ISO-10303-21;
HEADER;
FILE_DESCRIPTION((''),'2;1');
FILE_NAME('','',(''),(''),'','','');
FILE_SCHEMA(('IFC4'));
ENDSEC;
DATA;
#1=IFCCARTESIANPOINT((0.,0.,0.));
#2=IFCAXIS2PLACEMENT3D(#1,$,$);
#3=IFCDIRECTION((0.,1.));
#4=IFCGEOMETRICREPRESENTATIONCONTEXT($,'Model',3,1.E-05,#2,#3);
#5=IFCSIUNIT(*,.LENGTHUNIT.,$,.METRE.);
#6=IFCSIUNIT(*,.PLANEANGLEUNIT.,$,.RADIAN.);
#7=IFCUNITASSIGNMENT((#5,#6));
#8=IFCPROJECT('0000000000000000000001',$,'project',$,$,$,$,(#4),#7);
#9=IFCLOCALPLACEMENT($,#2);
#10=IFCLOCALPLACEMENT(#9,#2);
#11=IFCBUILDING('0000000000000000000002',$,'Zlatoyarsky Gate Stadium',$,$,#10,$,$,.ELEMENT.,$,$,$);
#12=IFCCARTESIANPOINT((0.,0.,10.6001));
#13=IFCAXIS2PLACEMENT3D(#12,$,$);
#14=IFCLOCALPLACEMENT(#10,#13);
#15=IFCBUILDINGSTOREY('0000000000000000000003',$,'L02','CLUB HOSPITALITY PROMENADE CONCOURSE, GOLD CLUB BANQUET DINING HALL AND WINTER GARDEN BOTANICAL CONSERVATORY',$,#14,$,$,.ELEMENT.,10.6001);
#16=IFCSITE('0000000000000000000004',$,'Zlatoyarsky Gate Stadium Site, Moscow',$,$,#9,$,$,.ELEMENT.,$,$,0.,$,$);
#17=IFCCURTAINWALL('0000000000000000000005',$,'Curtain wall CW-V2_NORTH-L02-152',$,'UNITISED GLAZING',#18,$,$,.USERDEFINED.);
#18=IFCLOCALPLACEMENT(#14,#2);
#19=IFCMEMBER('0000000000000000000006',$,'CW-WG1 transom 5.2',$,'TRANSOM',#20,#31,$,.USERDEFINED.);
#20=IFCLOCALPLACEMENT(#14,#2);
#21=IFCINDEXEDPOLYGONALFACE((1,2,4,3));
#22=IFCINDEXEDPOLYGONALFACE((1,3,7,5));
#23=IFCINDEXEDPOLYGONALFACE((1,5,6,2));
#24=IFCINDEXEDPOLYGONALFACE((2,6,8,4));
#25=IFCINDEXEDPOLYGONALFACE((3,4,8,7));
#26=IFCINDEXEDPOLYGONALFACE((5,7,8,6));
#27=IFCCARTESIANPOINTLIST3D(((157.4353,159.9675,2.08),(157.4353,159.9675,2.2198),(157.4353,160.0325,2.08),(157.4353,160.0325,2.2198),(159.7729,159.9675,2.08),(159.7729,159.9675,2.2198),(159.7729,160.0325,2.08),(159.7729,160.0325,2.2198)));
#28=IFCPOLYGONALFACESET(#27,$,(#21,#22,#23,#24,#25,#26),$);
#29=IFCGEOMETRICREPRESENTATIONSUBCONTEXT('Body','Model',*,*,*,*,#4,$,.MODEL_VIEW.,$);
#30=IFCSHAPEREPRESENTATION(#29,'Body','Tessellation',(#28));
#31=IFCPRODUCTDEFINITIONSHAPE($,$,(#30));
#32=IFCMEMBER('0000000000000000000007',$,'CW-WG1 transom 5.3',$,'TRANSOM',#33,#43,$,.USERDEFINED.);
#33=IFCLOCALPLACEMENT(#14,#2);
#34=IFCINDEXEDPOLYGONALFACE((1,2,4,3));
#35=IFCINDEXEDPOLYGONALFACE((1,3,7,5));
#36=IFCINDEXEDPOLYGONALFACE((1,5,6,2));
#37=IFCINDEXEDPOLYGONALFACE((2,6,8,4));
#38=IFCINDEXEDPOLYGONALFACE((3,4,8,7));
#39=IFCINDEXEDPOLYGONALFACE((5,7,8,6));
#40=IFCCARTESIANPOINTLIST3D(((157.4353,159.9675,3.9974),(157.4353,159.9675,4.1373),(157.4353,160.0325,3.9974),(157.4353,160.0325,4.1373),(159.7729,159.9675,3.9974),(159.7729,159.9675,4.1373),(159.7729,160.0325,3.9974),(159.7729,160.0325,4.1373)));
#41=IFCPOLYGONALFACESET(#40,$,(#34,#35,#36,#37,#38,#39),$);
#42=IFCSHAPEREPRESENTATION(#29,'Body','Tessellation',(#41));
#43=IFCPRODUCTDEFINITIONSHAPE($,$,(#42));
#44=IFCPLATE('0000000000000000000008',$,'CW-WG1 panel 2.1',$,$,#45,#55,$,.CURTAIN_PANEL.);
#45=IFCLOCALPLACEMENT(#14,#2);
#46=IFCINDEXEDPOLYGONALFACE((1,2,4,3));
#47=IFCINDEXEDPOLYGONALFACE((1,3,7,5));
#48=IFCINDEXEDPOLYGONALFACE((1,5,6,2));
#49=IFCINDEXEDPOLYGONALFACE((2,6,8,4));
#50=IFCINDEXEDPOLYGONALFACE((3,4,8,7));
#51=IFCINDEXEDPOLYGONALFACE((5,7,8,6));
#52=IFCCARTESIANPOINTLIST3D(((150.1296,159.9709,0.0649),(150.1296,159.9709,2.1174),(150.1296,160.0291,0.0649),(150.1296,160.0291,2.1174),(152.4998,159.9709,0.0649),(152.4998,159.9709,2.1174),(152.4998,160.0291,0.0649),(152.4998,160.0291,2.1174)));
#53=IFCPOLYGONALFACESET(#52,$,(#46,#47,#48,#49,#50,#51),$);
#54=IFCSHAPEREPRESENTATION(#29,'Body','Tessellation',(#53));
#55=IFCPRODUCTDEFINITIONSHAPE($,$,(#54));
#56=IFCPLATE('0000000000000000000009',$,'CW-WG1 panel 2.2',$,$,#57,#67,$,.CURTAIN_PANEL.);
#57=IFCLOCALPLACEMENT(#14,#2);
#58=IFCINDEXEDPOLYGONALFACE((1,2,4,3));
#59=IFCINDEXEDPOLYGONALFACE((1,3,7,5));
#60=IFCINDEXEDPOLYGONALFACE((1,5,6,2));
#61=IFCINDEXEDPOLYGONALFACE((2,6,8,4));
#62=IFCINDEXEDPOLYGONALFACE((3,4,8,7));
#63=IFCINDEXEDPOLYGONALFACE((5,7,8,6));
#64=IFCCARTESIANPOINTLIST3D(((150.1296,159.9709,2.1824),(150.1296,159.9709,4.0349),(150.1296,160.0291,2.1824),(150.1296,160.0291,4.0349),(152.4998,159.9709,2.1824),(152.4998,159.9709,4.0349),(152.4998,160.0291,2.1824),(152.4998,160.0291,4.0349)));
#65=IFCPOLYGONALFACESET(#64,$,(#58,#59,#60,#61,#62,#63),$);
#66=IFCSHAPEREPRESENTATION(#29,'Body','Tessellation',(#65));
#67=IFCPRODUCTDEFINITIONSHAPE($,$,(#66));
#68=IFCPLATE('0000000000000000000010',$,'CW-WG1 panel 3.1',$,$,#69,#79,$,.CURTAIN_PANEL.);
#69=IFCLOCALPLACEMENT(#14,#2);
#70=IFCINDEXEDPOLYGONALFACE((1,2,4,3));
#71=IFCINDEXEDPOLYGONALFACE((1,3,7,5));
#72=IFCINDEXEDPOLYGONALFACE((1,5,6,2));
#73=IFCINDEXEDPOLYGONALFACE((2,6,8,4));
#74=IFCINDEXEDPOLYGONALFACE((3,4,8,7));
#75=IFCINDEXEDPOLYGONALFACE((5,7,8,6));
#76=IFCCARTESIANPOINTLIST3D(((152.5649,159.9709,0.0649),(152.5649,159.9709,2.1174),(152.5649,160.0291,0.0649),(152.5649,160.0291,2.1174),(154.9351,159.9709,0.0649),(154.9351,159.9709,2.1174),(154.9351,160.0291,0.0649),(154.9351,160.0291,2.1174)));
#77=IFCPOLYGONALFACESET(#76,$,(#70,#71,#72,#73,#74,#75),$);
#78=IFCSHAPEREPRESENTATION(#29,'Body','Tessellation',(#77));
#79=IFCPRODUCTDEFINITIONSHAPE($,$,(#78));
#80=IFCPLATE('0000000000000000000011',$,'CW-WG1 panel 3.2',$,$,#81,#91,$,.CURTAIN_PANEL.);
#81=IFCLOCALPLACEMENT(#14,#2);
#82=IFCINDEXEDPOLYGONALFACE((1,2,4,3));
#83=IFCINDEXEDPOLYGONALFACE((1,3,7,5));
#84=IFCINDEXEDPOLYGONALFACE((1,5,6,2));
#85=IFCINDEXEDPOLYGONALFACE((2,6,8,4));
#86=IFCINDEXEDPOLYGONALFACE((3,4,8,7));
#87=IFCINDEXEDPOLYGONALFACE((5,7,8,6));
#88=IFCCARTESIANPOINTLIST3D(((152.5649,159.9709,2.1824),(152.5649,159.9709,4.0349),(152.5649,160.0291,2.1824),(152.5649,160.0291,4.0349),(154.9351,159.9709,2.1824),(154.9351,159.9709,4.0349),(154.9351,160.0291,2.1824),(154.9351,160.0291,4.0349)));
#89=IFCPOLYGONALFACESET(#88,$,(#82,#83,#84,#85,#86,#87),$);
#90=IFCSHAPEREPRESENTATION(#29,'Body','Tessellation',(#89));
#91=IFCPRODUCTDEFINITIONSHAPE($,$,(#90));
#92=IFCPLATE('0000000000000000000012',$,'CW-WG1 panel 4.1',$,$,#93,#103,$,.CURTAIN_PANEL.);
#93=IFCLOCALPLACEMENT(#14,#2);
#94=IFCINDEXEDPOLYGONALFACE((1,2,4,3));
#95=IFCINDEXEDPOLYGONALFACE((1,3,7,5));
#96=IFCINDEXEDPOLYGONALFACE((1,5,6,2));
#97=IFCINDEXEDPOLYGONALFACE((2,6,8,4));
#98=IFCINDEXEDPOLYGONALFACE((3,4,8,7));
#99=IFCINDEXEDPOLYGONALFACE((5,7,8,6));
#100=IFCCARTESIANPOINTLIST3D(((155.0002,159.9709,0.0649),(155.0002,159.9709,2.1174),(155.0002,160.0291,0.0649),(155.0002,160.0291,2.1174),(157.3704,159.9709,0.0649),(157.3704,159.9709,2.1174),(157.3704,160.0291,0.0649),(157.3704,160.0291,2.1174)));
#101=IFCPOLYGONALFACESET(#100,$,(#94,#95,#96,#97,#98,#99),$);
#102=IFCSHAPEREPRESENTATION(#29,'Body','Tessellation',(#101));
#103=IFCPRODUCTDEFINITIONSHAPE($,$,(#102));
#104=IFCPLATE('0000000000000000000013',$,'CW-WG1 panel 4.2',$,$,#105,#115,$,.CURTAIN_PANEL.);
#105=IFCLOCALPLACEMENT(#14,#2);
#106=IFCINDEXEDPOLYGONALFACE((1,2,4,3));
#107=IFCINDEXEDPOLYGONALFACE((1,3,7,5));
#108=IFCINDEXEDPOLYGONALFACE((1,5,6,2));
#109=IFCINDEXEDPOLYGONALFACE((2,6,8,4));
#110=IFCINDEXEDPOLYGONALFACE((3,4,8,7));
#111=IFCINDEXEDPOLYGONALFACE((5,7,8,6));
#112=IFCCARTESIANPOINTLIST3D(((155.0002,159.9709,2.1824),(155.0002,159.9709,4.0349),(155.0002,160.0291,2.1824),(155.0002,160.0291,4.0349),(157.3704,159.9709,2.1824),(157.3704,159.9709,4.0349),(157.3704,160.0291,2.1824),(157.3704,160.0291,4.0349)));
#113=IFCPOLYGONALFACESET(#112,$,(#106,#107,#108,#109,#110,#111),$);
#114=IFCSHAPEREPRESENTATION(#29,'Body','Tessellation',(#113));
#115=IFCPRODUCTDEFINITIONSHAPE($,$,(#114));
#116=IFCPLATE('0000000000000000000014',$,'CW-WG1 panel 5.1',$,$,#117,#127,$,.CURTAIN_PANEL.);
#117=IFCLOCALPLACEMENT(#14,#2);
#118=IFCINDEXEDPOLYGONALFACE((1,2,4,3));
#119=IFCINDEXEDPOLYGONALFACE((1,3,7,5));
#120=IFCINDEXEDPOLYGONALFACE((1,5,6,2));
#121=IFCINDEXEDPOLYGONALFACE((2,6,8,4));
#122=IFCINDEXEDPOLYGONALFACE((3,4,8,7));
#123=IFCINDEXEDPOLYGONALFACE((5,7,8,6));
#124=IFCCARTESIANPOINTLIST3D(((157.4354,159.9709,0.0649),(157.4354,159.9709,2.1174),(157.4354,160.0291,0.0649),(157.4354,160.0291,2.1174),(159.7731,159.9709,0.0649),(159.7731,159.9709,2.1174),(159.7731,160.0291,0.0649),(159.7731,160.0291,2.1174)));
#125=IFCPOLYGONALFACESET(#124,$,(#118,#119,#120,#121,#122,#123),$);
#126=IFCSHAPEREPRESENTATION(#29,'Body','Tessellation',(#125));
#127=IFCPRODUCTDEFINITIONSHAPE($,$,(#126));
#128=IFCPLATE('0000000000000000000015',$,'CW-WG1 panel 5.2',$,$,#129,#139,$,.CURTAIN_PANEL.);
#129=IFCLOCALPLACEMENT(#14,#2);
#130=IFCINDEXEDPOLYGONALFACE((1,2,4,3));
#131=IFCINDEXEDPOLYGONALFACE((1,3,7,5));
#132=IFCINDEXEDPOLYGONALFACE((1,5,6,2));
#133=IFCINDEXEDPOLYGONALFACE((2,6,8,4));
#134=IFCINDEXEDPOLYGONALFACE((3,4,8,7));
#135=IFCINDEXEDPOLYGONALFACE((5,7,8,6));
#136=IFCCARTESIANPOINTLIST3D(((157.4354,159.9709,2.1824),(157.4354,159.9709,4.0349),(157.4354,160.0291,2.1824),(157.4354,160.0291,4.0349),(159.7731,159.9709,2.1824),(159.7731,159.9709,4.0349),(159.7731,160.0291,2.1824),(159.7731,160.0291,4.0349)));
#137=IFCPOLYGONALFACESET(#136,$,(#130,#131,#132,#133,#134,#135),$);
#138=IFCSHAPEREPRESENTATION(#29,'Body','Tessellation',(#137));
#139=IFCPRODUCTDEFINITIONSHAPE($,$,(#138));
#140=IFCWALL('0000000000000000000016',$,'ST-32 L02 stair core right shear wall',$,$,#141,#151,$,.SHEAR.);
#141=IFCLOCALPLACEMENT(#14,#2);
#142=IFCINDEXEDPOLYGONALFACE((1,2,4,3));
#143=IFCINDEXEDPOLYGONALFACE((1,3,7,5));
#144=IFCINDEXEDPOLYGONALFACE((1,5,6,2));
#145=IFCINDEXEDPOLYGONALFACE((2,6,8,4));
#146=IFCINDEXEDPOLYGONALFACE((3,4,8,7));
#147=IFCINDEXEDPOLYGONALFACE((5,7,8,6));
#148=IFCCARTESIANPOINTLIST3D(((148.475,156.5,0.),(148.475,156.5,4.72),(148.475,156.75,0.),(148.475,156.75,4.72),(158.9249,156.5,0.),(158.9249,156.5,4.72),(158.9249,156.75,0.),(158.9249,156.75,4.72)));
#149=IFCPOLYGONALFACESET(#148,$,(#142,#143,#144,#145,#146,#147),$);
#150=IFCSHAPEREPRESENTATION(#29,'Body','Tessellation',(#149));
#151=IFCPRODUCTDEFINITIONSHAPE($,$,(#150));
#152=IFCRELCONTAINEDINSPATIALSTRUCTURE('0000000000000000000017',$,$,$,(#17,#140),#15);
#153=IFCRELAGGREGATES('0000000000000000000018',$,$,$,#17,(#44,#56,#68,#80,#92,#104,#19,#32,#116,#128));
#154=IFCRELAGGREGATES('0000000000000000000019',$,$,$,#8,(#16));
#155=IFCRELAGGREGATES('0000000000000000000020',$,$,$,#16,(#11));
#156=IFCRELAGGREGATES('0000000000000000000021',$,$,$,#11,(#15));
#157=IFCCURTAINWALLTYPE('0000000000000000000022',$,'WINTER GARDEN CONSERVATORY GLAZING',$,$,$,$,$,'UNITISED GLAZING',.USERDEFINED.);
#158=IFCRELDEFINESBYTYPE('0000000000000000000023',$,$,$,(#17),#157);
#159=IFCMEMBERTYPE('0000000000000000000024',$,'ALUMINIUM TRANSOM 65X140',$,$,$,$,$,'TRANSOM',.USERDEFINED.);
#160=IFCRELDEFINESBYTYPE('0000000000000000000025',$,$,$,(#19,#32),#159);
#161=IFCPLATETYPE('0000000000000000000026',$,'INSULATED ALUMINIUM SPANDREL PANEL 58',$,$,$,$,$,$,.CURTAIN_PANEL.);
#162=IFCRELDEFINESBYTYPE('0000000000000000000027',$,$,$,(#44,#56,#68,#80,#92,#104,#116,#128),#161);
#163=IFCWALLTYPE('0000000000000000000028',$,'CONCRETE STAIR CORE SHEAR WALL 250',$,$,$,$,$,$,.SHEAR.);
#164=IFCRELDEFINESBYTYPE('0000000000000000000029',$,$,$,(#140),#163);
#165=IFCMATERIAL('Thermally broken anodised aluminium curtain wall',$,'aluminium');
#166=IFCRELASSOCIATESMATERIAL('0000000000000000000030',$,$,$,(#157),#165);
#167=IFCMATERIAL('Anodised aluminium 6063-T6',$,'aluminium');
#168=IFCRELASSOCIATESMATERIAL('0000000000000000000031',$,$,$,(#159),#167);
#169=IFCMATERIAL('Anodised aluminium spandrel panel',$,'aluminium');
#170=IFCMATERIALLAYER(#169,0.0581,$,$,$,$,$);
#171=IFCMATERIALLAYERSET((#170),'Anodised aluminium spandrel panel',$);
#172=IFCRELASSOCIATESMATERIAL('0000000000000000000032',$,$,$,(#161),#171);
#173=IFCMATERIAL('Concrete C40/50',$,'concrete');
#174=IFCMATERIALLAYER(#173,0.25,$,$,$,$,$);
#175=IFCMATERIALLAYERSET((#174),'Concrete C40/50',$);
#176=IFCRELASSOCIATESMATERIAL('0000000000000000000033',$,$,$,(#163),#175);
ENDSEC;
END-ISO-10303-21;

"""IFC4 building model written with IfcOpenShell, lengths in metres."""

from ifc_helpers import new_model, si_unit, direction, frame, frame_2d, origin, origin_2d, place, context, subcontext, project, spatial, rectangle, extrude, material, layer, layer_set, material_profile, profile_set, type_object, element, aggregate, save


model = new_model("IFC4")

# Units and contexts
model_context = context("Model", 3, precision=1e-05, world=origin(), true_north=direction((0.0, 1.0)))
body_context = subcontext(model_context, "Body", "Model", "MODEL_VIEW")
ifc_project = project(units=[si_unit("LENGTHUNIT", "METRE"), si_unit("PLANEANGLEUNIT", "RADIAN")], contexts=[model_context])

# Site, building, storey
site_placement = place(None, origin())
site = spatial("IfcSite", under=ifc_project, at=site_placement, Name="Zlatoyarsky Gate Stadium Site, Moscow", CompositionType="ELEMENT", RefElevation=0.0)
building_placement = place(site_placement, origin())
building = spatial("IfcBuilding", under=site, at=building_placement, Name="Zlatoyarsky Gate Stadium", CompositionType="ELEMENT")
storey_placement = place(building_placement, frame((0.0, 0.0, 10.6001)))
storey = spatial("IfcBuildingStorey", under=building, at=storey_placement, Name="L02", Description="CLUB HOSPITALITY PROMENADE CONCOURSE, GOLD CLUB BANQUET DINING HALL AND WINTER GARDEN BOTANICAL CONSERVATORY", CompositionType="ELEMENT", Elevation=10.6001)

# Curtain wall, members, plates
ifc_material_1 = material(Name="Thermally broken anodised aluminium curtain wall", Category="aluminium")
curtain_wall_type = type_object("IfcCurtainWallType", Name="WINTER GARDEN CONSERVATORY GLAZING", ElementType="UNITISED GLAZING", PredefinedType="USERDEFINED", material=ifc_material_1)
curtain_wall_placement = place(storey_placement, origin())
curtain_wall = element("IfcCurtainWall", 1, at=curtain_wall_placement, inside=storey, type_object=curtain_wall_type, Name="Curtain wall CW-V2_NORTH-L02-152", ObjectType="UNITISED GLAZING", PredefinedType="USERDEFINED")
ifc_material_2 = material(Name="Anodised aluminium 6063-T6", Category="aluminium")
ifc_material_profile_1 = material_profile(ifc_material_2, rectangle(XDim=0.0649, YDim=0.1399, at=origin_2d()), Name="ALU 65X140")
ifc_profile_set_1 = profile_set([ifc_material_profile_1], Name="Anodised aluminium 6063-T6")
member_type_1 = type_object("IfcMemberType", Name="ALUMINIUM TRANSOM 65X140", ElementType="TRANSOM", PredefinedType="USERDEFINED", material=ifc_profile_set_1)
member_1_placement = place(storey_placement, frame((157.4353, 160.0, 2.1499), z_axis=(1.0, 0.0, 0.0), x_axis=(0.0, 1.0, 0.0)))
member_1 = element("IfcMember", 2, at=member_1_placement, type_object=member_type_1, Name="CW-WG1 transom 5.2", ObjectType="TRANSOM", PredefinedType="USERDEFINED", context=body_context, shape_type="SweptSolid", body=[
    extrude(rectangle(XDim=0.0649, YDim=0.1399, at=origin_2d()), origin(), (0.0, 0.0, 1.0), 2.3376),
])
member_2_placement = place(storey_placement, frame((157.4353, 160.0, 4.0674), z_axis=(1.0, 0.0, 0.0), x_axis=(0.0, 1.0, 0.0)))
member_2 = element("IfcMember", 3, at=member_2_placement, type_object=member_type_1, Name="CW-WG1 transom 5.3", ObjectType="TRANSOM", PredefinedType="USERDEFINED", context=body_context, shape_type="SweptSolid", body=[
    extrude(rectangle(XDim=0.0649, YDim=0.1399, at=origin_2d()), origin(), (0.0, 0.0, 1.0), 2.3376),
])
ifc_material_3 = material(Name="Anodised aluminium spandrel panel", Category="aluminium")
ifc_layer_1 = layer(ifc_material_3, 0.0581)
ifc_layer_set_1 = layer_set([ifc_layer_1], Name="Anodised aluminium spandrel panel")
plate_type = type_object("IfcPlateType", Name="INSULATED ALUMINIUM SPANDREL PANEL 58", PredefinedType="CURTAIN_PANEL", material=ifc_layer_set_1)
plate_1_placement = place(storey_placement, frame((151.3147, 160.0, 0.0649), z_axis=(0.0, 0.0, 1.0), x_axis=(1.0, 0.0, 0.0)))
plate_1 = element("IfcPlate", 4, at=plate_1_placement, type_object=plate_type, Name="CW-WG1 panel 2.1", PredefinedType="CURTAIN_PANEL", context=body_context, shape_type="SweptSolid", body=[
    extrude(rectangle(XDim=2.3701, YDim=0.0581, at=origin_2d()), origin(), (0.0, 0.0, 1.0), 2.0525),
])
plate_2_placement = place(storey_placement, frame((151.3147, 160.0, 2.1824), z_axis=(0.0, 0.0, 1.0), x_axis=(1.0, 0.0, 0.0)))
plate_2 = element("IfcPlate", 5, at=plate_2_placement, type_object=plate_type, Name="CW-WG1 panel 2.2", PredefinedType="CURTAIN_PANEL", context=body_context, shape_type="SweptSolid", body=[
    extrude(rectangle(XDim=2.3701, YDim=0.0581, at=origin_2d()), origin(), (0.0, 0.0, 1.0), 1.8525),
])
plate_3_placement = place(storey_placement, frame((153.75, 160.0, 0.0649), z_axis=(0.0, 0.0, 1.0), x_axis=(1.0, 0.0, 0.0)))
plate_3 = element("IfcPlate", 6, at=plate_3_placement, type_object=plate_type, Name="CW-WG1 panel 3.1", PredefinedType="CURTAIN_PANEL", context=body_context, shape_type="SweptSolid", body=[
    extrude(rectangle(XDim=2.3701, YDim=0.0581, at=origin_2d()), origin(), (0.0, 0.0, 1.0), 2.0525),
])
plate_4_placement = place(storey_placement, frame((153.75, 160.0, 2.1824), z_axis=(0.0, 0.0, 1.0), x_axis=(1.0, 0.0, 0.0)))
plate_4 = element("IfcPlate", 7, at=plate_4_placement, type_object=plate_type, Name="CW-WG1 panel 3.2", PredefinedType="CURTAIN_PANEL", context=body_context, shape_type="SweptSolid", body=[
    extrude(rectangle(XDim=2.3701, YDim=0.0581, at=origin_2d()), origin(), (0.0, 0.0, 1.0), 1.8525),
])
plate_5_placement = place(storey_placement, frame((156.1853, 160.0, 0.0649), z_axis=(0.0, 0.0, 1.0), x_axis=(1.0, 0.0, 0.0)))
plate_5 = element("IfcPlate", 8, at=plate_5_placement, type_object=plate_type, Name="CW-WG1 panel 4.1", PredefinedType="CURTAIN_PANEL", context=body_context, shape_type="SweptSolid", body=[
    extrude(rectangle(XDim=2.3701, YDim=0.0581, at=origin_2d()), origin(), (0.0, 0.0, 1.0), 2.0525),
])
plate_6_placement = place(storey_placement, frame((156.1853, 160.0, 2.1824), z_axis=(0.0, 0.0, 1.0), x_axis=(1.0, 0.0, 0.0)))
plate_6 = element("IfcPlate", 9, at=plate_6_placement, type_object=plate_type, Name="CW-WG1 panel 4.2", PredefinedType="CURTAIN_PANEL", context=body_context, shape_type="SweptSolid", body=[
    extrude(rectangle(XDim=2.3701, YDim=0.0581, at=origin_2d()), origin(), (0.0, 0.0, 1.0), 1.8525),
])
plate_7_placement = place(storey_placement, frame((158.6042, 160.0, 0.0649), z_axis=(0.0, 0.0, 1.0), x_axis=(1.0, 0.0, 0.0)))
plate_7 = element("IfcPlate", 10, at=plate_7_placement, type_object=plate_type, Name="CW-WG1 panel 5.1", PredefinedType="CURTAIN_PANEL", context=body_context, shape_type="SweptSolid", body=[
    extrude(rectangle(XDim=2.3376, YDim=0.0581, at=origin_2d()), origin(), (0.0, 0.0, 1.0), 2.0525),
])
plate_8_placement = place(storey_placement, frame((158.6042, 160.0, 2.1824), z_axis=(0.0, 0.0, 1.0), x_axis=(1.0, 0.0, 0.0)))
plate_8 = element("IfcPlate", 11, at=plate_8_placement, type_object=plate_type, Name="CW-WG1 panel 5.2", PredefinedType="CURTAIN_PANEL", context=body_context, shape_type="SweptSolid", body=[
    extrude(rectangle(XDim=2.3376, YDim=0.0581, at=origin_2d()), origin(), (0.0, 0.0, 1.0), 1.8525),
])
aggregate(curtain_wall, [plate_1, plate_2, plate_3, plate_4, plate_5, plate_6, member_1, member_2, plate_7, plate_8])

# Wall
ifc_material_4 = material(Name="Concrete C40/50", Category="concrete")
ifc_layer_2 = layer(ifc_material_4, 0.25)
ifc_layer_set_2 = layer_set([ifc_layer_2], Name="Concrete C40/50")
wall_type = type_object("IfcWallType", Name="CONCRETE STAIR CORE SHEAR WALL 250", PredefinedType="SHEAR", material=ifc_layer_set_2)
wall_placement = place(storey_placement, frame((158.925, 156.625, 0.0), z_axis=(0.0, 0.0, 1.0), x_axis=(-1.0, 0.0, 0.0)))
element("IfcWall", 12, at=wall_placement, inside=storey, type_object=wall_type, Name="ST-32 L02 stair core right shear wall", PredefinedType="SHEAR", context=body_context, shape_type="SweptSolid", body=[
    extrude(rectangle(XDim=10.45, YDim=0.25, at=frame_2d((5.2251, 0.0))), origin(), (0.0, 0.0, 1.0), 4.72),
])

save(model, "model.ifc")
